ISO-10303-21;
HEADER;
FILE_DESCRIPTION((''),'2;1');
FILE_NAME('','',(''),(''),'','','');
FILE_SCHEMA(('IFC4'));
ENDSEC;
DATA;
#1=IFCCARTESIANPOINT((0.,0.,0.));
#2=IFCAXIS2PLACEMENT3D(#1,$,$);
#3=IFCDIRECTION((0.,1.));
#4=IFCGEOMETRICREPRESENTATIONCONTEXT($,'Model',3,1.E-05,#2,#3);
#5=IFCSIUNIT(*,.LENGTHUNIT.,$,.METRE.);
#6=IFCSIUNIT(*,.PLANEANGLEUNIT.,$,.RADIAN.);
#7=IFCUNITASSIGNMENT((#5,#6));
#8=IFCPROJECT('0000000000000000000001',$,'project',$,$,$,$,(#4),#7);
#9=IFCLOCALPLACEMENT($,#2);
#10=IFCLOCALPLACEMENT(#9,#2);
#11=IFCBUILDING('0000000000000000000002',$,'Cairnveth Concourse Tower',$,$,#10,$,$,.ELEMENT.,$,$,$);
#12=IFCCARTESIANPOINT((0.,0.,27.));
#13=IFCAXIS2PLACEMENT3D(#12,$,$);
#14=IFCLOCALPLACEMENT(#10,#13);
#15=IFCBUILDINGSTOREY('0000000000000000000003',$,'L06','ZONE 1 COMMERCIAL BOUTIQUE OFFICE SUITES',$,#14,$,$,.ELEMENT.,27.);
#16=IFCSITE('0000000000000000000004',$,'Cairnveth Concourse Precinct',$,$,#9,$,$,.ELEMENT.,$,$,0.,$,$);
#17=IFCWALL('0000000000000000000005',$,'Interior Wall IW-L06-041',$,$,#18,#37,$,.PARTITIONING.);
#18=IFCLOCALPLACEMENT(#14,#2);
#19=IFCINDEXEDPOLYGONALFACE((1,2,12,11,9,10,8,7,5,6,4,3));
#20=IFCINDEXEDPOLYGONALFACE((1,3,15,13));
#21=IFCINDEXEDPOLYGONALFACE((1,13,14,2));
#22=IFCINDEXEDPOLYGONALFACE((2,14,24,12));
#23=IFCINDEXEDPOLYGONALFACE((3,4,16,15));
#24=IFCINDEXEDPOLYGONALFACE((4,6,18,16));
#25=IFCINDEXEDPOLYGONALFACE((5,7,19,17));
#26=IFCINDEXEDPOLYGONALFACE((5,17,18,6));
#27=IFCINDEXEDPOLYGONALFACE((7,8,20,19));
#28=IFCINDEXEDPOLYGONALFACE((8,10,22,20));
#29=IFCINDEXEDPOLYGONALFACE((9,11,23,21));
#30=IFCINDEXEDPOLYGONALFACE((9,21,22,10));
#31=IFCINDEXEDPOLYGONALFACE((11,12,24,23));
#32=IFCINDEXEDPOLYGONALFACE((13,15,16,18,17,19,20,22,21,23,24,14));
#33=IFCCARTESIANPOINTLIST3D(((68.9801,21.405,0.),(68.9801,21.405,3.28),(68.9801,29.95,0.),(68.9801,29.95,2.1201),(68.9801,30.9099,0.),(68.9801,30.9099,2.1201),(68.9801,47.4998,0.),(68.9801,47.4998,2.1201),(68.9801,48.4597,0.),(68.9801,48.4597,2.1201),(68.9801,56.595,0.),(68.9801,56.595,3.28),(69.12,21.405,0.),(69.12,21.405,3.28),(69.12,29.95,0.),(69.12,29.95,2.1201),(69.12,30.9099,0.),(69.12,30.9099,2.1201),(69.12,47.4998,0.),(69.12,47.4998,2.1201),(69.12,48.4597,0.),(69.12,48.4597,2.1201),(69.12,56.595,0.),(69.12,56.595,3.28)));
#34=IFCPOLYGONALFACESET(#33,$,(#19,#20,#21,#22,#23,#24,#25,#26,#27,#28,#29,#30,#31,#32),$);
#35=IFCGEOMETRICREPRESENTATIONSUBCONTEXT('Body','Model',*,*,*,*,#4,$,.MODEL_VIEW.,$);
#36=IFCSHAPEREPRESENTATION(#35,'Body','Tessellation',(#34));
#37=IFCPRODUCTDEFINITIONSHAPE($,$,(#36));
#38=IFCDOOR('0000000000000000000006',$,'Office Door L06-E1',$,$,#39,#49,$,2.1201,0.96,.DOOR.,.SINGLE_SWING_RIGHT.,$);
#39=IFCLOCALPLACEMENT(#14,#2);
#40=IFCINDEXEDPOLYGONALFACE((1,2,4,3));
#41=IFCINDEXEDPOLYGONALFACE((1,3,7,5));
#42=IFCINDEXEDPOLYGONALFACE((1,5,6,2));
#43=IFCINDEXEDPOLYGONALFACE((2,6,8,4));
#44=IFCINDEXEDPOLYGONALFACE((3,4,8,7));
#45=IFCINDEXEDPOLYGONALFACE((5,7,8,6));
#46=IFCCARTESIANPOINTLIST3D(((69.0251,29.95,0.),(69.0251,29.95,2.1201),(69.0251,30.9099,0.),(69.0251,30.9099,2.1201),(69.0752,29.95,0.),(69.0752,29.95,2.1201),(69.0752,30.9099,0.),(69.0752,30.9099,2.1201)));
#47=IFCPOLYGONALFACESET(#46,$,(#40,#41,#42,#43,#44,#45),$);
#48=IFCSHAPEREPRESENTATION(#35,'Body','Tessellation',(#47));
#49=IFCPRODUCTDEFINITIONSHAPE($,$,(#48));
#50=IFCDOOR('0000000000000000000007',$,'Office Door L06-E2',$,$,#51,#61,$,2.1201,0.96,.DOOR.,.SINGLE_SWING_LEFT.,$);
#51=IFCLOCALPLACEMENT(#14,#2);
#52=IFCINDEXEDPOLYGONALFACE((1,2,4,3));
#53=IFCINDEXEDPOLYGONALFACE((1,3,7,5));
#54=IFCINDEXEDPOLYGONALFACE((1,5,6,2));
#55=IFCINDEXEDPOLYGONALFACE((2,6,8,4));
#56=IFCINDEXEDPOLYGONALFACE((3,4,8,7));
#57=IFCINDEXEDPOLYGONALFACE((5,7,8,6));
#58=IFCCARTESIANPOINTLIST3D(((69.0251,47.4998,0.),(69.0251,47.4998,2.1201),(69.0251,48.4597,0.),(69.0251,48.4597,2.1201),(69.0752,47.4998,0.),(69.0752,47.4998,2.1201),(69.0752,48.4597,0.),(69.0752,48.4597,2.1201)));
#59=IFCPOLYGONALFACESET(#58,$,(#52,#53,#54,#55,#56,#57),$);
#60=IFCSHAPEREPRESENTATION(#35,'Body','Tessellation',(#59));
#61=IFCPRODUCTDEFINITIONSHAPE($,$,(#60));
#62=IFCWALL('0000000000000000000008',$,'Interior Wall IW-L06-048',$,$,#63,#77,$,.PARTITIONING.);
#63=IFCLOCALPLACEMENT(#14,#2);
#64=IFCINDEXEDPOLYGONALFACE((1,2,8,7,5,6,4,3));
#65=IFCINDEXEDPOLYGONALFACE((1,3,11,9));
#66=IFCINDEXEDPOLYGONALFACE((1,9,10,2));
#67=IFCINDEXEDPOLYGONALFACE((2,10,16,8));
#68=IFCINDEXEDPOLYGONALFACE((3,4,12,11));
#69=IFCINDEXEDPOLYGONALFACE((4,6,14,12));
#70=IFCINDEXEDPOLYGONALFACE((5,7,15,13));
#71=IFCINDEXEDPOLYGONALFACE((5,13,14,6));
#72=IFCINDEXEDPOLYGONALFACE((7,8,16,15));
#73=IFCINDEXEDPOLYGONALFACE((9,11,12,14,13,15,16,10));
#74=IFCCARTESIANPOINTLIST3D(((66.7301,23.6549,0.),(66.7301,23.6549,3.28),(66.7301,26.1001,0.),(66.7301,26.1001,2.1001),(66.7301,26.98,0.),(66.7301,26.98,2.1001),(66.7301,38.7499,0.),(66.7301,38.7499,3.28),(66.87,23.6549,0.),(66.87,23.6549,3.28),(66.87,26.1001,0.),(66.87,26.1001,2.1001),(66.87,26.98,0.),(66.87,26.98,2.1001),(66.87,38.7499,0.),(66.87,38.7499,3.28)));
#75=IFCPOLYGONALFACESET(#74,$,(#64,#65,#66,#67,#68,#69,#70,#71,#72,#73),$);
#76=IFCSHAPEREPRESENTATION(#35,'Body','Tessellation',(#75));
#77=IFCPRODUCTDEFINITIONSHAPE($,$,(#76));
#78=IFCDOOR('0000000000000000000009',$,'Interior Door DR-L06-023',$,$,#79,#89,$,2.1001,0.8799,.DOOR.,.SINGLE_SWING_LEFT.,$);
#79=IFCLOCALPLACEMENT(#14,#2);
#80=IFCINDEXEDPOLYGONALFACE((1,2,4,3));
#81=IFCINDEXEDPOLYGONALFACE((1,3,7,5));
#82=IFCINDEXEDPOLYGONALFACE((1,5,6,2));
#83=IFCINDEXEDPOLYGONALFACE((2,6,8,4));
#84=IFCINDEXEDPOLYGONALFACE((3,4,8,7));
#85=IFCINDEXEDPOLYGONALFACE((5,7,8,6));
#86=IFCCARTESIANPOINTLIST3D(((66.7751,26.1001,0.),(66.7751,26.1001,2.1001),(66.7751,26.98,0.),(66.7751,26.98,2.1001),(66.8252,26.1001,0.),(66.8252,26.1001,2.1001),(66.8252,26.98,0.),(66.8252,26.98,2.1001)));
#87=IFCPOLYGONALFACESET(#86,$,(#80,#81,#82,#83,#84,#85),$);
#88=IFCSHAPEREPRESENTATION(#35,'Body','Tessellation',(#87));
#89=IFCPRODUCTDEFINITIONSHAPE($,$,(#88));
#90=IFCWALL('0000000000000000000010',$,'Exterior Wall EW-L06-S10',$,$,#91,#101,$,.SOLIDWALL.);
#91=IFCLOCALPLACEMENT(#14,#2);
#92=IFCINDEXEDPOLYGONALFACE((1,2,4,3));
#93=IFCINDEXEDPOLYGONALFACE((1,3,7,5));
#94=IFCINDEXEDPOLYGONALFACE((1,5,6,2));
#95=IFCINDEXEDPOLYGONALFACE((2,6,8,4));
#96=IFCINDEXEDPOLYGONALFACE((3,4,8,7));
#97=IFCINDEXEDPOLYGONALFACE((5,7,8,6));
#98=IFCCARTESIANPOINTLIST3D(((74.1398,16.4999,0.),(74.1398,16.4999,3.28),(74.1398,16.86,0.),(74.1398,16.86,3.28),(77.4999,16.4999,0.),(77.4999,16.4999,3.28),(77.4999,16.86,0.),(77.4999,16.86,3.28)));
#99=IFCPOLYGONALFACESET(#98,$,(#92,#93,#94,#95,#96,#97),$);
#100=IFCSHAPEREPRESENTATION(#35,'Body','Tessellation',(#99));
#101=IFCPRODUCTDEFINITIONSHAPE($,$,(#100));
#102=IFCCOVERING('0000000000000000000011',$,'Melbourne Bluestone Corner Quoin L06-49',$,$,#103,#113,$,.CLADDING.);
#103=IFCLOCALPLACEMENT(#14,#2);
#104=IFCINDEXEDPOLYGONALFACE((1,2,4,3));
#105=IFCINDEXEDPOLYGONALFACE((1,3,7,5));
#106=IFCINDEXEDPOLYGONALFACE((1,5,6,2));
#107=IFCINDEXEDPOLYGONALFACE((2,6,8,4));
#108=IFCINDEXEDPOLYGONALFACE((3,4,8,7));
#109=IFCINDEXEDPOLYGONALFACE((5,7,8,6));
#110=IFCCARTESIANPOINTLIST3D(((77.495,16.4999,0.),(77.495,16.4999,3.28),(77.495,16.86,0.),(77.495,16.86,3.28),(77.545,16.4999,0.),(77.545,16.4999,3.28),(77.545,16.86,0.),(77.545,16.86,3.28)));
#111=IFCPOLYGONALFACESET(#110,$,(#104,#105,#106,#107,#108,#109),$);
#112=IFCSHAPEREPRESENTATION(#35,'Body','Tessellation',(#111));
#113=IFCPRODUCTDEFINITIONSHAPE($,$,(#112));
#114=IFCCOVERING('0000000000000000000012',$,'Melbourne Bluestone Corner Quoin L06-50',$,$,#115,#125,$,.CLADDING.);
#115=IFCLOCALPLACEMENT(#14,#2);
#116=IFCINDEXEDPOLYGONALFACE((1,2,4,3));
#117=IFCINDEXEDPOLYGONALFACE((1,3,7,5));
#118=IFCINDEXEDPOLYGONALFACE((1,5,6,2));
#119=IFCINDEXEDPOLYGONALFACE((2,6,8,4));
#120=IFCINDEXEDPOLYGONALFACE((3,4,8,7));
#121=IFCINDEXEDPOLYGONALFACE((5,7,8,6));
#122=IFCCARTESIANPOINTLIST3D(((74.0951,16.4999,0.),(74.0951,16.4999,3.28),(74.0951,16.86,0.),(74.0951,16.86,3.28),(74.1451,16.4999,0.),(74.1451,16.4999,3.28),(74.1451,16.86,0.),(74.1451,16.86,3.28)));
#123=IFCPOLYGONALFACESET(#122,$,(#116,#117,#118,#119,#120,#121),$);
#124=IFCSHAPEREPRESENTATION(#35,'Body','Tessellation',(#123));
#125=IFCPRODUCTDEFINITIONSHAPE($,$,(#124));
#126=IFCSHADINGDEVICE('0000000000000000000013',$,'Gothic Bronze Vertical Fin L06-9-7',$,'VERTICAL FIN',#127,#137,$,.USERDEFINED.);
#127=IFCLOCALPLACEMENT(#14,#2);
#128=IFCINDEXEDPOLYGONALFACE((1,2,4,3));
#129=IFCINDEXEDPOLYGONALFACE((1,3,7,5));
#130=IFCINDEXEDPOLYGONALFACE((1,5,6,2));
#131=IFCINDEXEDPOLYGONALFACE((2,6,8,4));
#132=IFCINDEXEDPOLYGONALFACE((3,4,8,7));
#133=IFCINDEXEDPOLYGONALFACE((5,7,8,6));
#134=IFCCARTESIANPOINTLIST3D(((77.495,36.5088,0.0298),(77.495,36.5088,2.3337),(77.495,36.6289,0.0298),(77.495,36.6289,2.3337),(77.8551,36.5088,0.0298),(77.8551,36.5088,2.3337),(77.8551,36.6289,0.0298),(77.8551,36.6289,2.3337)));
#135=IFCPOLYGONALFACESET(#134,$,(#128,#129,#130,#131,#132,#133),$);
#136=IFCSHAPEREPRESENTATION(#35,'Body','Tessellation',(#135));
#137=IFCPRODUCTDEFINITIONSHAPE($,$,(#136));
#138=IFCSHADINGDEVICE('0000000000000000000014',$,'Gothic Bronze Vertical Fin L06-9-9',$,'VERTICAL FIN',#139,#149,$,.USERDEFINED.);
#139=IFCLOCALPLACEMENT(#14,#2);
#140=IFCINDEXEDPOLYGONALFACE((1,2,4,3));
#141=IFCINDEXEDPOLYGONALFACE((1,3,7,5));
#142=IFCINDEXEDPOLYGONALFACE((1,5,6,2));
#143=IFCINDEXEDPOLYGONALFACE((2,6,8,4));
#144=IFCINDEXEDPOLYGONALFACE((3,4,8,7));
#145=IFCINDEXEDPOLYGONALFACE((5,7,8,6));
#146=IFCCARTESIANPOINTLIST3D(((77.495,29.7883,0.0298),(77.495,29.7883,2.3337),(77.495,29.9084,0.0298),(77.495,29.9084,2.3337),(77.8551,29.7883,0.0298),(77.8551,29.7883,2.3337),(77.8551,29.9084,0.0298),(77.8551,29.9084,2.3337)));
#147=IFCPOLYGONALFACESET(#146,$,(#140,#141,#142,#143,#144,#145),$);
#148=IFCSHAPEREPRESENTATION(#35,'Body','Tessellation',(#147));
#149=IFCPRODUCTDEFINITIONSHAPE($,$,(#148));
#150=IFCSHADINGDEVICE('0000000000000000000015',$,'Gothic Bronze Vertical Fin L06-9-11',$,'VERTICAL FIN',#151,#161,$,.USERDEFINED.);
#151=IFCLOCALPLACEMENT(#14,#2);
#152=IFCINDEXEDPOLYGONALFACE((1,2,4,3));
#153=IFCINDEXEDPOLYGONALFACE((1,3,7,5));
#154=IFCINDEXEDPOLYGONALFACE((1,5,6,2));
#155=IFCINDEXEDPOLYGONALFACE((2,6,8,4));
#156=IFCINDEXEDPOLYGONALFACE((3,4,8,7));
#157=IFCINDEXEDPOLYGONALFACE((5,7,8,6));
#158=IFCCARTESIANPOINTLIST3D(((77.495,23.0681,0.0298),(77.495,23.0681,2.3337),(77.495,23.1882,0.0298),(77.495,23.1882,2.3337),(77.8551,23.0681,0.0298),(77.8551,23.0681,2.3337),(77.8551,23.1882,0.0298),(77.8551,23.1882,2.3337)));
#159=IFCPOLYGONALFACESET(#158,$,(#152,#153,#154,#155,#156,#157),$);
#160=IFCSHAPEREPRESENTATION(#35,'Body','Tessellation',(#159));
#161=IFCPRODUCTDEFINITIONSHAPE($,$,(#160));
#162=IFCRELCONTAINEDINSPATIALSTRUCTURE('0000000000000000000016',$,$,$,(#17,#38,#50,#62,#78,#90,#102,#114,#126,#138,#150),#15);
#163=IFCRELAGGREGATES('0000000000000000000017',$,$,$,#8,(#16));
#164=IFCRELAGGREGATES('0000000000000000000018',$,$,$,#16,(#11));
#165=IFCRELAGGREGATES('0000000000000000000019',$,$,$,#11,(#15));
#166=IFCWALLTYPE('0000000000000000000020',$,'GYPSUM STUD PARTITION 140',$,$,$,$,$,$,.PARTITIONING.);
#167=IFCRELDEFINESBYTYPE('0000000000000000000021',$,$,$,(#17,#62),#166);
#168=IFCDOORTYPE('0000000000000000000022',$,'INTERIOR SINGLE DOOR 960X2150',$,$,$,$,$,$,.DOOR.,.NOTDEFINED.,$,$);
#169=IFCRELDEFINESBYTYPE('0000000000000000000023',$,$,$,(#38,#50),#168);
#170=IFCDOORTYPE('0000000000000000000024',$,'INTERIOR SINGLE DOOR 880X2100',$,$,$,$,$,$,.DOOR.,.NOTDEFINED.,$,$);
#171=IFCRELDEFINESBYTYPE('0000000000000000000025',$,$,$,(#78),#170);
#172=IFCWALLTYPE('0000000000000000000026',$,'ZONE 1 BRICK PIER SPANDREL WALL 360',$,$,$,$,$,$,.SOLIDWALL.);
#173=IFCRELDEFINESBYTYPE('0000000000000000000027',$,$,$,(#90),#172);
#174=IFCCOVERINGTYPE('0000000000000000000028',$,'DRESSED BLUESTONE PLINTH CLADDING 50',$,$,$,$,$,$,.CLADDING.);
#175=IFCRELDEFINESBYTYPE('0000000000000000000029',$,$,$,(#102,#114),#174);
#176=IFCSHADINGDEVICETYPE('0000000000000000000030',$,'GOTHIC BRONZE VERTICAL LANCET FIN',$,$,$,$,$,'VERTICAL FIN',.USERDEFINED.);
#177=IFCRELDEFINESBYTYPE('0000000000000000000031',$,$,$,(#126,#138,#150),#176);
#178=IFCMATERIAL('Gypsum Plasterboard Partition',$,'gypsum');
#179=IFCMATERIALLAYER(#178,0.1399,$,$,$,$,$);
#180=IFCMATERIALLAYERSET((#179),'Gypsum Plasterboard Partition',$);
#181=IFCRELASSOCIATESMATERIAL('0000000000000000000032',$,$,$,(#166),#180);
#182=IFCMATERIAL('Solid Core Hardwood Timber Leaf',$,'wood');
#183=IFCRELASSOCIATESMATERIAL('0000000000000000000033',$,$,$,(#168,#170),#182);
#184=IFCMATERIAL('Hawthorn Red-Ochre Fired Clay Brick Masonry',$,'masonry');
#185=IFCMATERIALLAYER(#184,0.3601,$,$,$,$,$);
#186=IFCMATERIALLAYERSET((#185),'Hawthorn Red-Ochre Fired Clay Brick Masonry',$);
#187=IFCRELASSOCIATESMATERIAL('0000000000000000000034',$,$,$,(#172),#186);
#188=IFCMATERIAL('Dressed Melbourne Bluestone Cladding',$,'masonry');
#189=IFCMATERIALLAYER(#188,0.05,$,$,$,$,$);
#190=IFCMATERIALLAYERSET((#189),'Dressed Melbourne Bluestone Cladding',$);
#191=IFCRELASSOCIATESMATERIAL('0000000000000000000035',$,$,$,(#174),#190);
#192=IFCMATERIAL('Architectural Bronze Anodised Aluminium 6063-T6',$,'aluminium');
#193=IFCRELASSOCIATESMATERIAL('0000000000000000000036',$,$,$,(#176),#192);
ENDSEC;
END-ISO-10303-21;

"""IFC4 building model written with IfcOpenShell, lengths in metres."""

from ifc_helpers import new_model, si_unit, direction, frame, frame_2d, origin, origin_2d, place, context, subcontext, project, spatial, rectangle, extrude, material, layer, layer_set, type_object, element, fill, save


model = new_model("IFC4")

# Units and contexts
model_context = context("Model", 3, precision=1e-05, world=origin(), true_north=direction((0.0, 1.0)))
body_context = subcontext(model_context, "Body", "Model", "MODEL_VIEW")
ifc_project = project(units=[si_unit("LENGTHUNIT", "METRE"), si_unit("PLANEANGLEUNIT", "RADIAN")], contexts=[model_context])

# Site, building, storey
site_placement = place(None, origin())
site = spatial("IfcSite", under=ifc_project, at=site_placement, Name="Cairnveth Concourse Precinct", CompositionType="ELEMENT", RefElevation=0.0)
building_placement = place(site_placement, origin())
building = spatial("IfcBuilding", under=site, at=building_placement, Name="Cairnveth Concourse Tower", CompositionType="ELEMENT")
storey_placement = place(building_placement, frame((0.0, 0.0, 27.0)))
storey = spatial("IfcBuildingStorey", under=building, at=storey_placement, Name="L06", Description="ZONE 1 COMMERCIAL BOUTIQUE OFFICE SUITES", CompositionType="ELEMENT", Elevation=27.0)

# Wall, openings, doors
ifc_material_1 = material(Name="Gypsum Plasterboard Partition", Category="gypsum")
ifc_layer_1 = layer(ifc_material_1, 0.1399)
ifc_layer_set_1 = layer_set([ifc_layer_1], Name="Gypsum Plasterboard Partition")
wall_type_1 = type_object("IfcWallType", Name="GYPSUM STUD PARTITION 140", PredefinedType="PARTITIONING", material=ifc_layer_set_1)
wall_1_placement = place(storey_placement, frame((69.05, 21.405, 0.0), z_axis=(0.0, 0.0, 1.0), x_axis=(0.0, 1.0, 0.0)))
wall_1 = element("IfcWall", 1, at=wall_1_placement, inside=storey, type_object=wall_type_1, Name="Interior Wall IW-L06-041", PredefinedType="PARTITIONING", context=body_context, shape_type="SweptSolid", body=[
    extrude(rectangle(XDim=35.1899, YDim=0.1399, at=frame_2d((17.595, 0.0))), origin(), (0.0, 0.0, 1.0), 3.28),
])
opening_1_placement = place(wall_1_placement, frame((8.5449, 0.0, 0.0)))
opening_1 = element("IfcOpeningElement", 2, at=opening_1_placement, cuts=wall_1, PredefinedType="OPENING", context=body_context, shape_type="SweptSolid", body=[
    extrude(rectangle(XDim=0.96, YDim=2.1201, at=frame_2d((0.48, 1.0601))), frame((0.0, 0.0798, 0.0), z_axis=(0.0, -1.0, 0.0), x_axis=(1.0, 0.0, 0.0)), (0.0, 0.0, 1.0), 0.1599),
])
opening_2_placement = place(wall_1_placement, frame((26.0947, 0.0, 0.0)))
opening_2 = element("IfcOpeningElement", 3, at=opening_2_placement, cuts=wall_1, PredefinedType="OPENING", context=body_context, shape_type="SweptSolid", body=[
    extrude(rectangle(XDim=0.96, YDim=2.1201, at=frame_2d((0.48, 1.0601))), frame((0.0, 0.0798, 0.0), z_axis=(0.0, -1.0, 0.0), x_axis=(1.0, 0.0, 0.0)), (0.0, 0.0, 1.0), 0.1599),
])
ifc_material_2 = material(Name="Solid Core Hardwood Timber Leaf", Category="wood")
door_type_1 = type_object("IfcDoorType", Name="INTERIOR SINGLE DOOR 960X2150", OperationType="NOTDEFINED", PredefinedType="DOOR", material=ifc_material_2)
door_1_placement = place(opening_1_placement, origin())
door_1 = element("IfcDoor", 4, at=door_1_placement, inside=storey, type_object=door_type_1, Name="Office Door L06-E1", OperationType="SINGLE_SWING_RIGHT", OverallHeight=2.1201, OverallWidth=0.96, PredefinedType="DOOR", context=body_context, shape_type="SweptSolid", body=[
    extrude(rectangle(XDim=0.96, YDim=2.1201, at=frame_2d((0.48, 1.0601))), frame((0.0, 0.0249, 0.0), z_axis=(0.0, -1.0, 0.0), x_axis=(1.0, 0.0, 0.0)), (0.0, 0.0, 1.0), 0.05),
])
fill(opening_1, door_1)
door_2_placement = place(opening_2_placement, origin())
door_2 = element("IfcDoor", 5, at=door_2_placement, inside=storey, type_object=door_type_1, Name="Office Door L06-E2", OperationType="SINGLE_SWING_LEFT", OverallHeight=2.1201, OverallWidth=0.96, PredefinedType="DOOR", context=body_context, shape_type="SweptSolid", body=[
    extrude(rectangle(XDim=0.96, YDim=2.1201, at=frame_2d((0.48, 1.0601))), frame((0.0, 0.0249, 0.0), z_axis=(0.0, -1.0, 0.0), x_axis=(1.0, 0.0, 0.0)), (0.0, 0.0, 1.0), 0.05),
])
fill(opening_2, door_2)

# Wall, opening, door
wall_2_placement = place(storey_placement, frame((66.8, 23.655, 0.0), z_axis=(0.0, 0.0, 1.0), x_axis=(0.0, 1.0, 0.0)))
wall_2 = element("IfcWall", 6, at=wall_2_placement, inside=storey, type_object=wall_type_1, Name="Interior Wall IW-L06-048", PredefinedType="PARTITIONING", context=body_context, shape_type="SweptSolid", body=[
    extrude(rectangle(XDim=15.095, YDim=0.1399, at=frame_2d((7.5474, 0.0))), origin(), (0.0, 0.0, 1.0), 3.28),
])
opening_3_placement = place(wall_2_placement, frame((2.4451, 0.0, 0.0)))
opening_3 = element("IfcOpeningElement", 7, at=opening_3_placement, cuts=wall_2, PredefinedType="OPENING", context=body_context, shape_type="SweptSolid", body=[
    extrude(rectangle(XDim=0.8799, YDim=2.1001, at=frame_2d((0.4399, 1.05))), frame((0.0, 0.0798, 0.0), z_axis=(0.0, -1.0, 0.0), x_axis=(1.0, 0.0, 0.0)), (0.0, 0.0, 1.0), 0.1599),
])
door_type_2 = type_object("IfcDoorType", Name="INTERIOR SINGLE DOOR 880X2100", OperationType="NOTDEFINED", PredefinedType="DOOR", material=ifc_material_2)
door_3_placement = place(opening_3_placement, origin())
door_3 = element("IfcDoor", 8, at=door_3_placement, inside=storey, type_object=door_type_2, Name="Interior Door DR-L06-023", OperationType="SINGLE_SWING_LEFT", OverallHeight=2.1001, OverallWidth=0.8799, PredefinedType="DOOR", context=body_context, shape_type="SweptSolid", body=[
    extrude(rectangle(XDim=0.8799, YDim=2.1001, at=frame_2d((0.4399, 1.05))), frame((0.0, 0.0249, 0.0), z_axis=(0.0, -1.0, 0.0), x_axis=(1.0, 0.0, 0.0)), (0.0, 0.0, 1.0), 0.05),
])
fill(opening_3, door_3)

# Wall
ifc_material_3 = material(Name="Hawthorn Red-Ochre Fired Clay Brick Masonry", Category="masonry")
ifc_layer_2 = layer(ifc_material_3, 0.3601)
ifc_layer_set_2 = layer_set([ifc_layer_2], Name="Hawthorn Red-Ochre Fired Clay Brick Masonry")
wall_type_2 = type_object("IfcWallType", Name="ZONE 1 BRICK PIER SPANDREL WALL 360", PredefinedType="SOLIDWALL", material=ifc_layer_set_2)
wall_3_placement = place(storey_placement, frame((77.5, 16.6799, 0.0), z_axis=(0.0, 0.0, 1.0), x_axis=(-1.0, 0.0, 0.0)))
element("IfcWall", 9, at=wall_3_placement, inside=storey, type_object=wall_type_2, Name="Exterior Wall EW-L06-S10", PredefinedType="SOLIDWALL", context=body_context, shape_type="SweptSolid", body=[
    extrude(rectangle(XDim=3.3601, YDim=0.3601, at=frame_2d((1.6802, 0.0))), origin(), (0.0, 0.0, 1.0), 3.28),
])

# Coverings
ifc_material_4 = material(Name="Dressed Melbourne Bluestone Cladding", Category="masonry")
ifc_layer_3 = layer(ifc_material_4, 0.05)
ifc_layer_set_3 = layer_set([ifc_layer_3], Name="Dressed Melbourne Bluestone Cladding")
covering_type = type_object("IfcCoveringType", Name="DRESSED BLUESTONE PLINTH CLADDING 50", PredefinedType="CLADDING", material=ifc_layer_set_3)
for number, where, z_axis, x_axis, name in (
    (10, (77.52, 16.8601, 0.0), (0.0, 0.0, 1.0), (0.0, -1.0, 0.0), "Melbourne Bluestone Corner Quoin L06-49"),
    (11, (74.1201, 16.8601, 0.0), (0.0, 0.0, 1.0), (0.0, -1.0, 0.0), "Melbourne Bluestone Corner Quoin L06-50"),
):
    element("IfcCovering", number, at=place(storey_placement, frame(where, z_axis=z_axis, x_axis=x_axis)), inside=storey, type_object=covering_type, Name=name, PredefinedType="CLADDING", context=body_context, shape_type="SweptSolid", body=[
        extrude(rectangle(XDim=0.3601, YDim=0.05, at=frame_2d((0.1802, 0.0))), origin(), (0.0, 0.0, 1.0), 3.28),
    ])

# Shading devices
ifc_material_5 = material(Name="Architectural Bronze Anodised Aluminium 6063-T6", Category="aluminium")
shading_device_type = type_object("IfcShadingDeviceType", Name="GOTHIC BRONZE VERTICAL LANCET FIN", ElementType="VERTICAL FIN", PredefinedType="USERDEFINED", material=ifc_material_5)
for number, where, z_axis, x_axis, name in (
    (12, (77.675, 36.5688, 0.0298), (0.0, 0.0, 1.0), (0.0, 1.0, 0.0), "Gothic Bronze Vertical Fin L06-9-7"),
    (13, (77.675, 29.8484, 0.0298), (0.0, 0.0, 1.0), (0.0, 1.0, 0.0), "Gothic Bronze Vertical Fin L06-9-9"),
    (14, (77.675, 23.1282, 0.0298), (0.0, 0.0, 1.0), (0.0, 1.0, 0.0), "Gothic Bronze Vertical Fin L06-9-11"),
):
    element("IfcShadingDevice", number, at=place(storey_placement, frame(where, z_axis=z_axis, x_axis=x_axis)), inside=storey, type_object=shading_device_type, Name=name, ObjectType="VERTICAL FIN", PredefinedType="USERDEFINED", context=body_context, shape_type="SweptSolid", body=[
        extrude(rectangle(XDim=0.1201, YDim=0.3601, at=origin_2d()), origin(), (0.0, 0.0, 1.0), 2.304),
    ])

save(model, "model.ifc")
